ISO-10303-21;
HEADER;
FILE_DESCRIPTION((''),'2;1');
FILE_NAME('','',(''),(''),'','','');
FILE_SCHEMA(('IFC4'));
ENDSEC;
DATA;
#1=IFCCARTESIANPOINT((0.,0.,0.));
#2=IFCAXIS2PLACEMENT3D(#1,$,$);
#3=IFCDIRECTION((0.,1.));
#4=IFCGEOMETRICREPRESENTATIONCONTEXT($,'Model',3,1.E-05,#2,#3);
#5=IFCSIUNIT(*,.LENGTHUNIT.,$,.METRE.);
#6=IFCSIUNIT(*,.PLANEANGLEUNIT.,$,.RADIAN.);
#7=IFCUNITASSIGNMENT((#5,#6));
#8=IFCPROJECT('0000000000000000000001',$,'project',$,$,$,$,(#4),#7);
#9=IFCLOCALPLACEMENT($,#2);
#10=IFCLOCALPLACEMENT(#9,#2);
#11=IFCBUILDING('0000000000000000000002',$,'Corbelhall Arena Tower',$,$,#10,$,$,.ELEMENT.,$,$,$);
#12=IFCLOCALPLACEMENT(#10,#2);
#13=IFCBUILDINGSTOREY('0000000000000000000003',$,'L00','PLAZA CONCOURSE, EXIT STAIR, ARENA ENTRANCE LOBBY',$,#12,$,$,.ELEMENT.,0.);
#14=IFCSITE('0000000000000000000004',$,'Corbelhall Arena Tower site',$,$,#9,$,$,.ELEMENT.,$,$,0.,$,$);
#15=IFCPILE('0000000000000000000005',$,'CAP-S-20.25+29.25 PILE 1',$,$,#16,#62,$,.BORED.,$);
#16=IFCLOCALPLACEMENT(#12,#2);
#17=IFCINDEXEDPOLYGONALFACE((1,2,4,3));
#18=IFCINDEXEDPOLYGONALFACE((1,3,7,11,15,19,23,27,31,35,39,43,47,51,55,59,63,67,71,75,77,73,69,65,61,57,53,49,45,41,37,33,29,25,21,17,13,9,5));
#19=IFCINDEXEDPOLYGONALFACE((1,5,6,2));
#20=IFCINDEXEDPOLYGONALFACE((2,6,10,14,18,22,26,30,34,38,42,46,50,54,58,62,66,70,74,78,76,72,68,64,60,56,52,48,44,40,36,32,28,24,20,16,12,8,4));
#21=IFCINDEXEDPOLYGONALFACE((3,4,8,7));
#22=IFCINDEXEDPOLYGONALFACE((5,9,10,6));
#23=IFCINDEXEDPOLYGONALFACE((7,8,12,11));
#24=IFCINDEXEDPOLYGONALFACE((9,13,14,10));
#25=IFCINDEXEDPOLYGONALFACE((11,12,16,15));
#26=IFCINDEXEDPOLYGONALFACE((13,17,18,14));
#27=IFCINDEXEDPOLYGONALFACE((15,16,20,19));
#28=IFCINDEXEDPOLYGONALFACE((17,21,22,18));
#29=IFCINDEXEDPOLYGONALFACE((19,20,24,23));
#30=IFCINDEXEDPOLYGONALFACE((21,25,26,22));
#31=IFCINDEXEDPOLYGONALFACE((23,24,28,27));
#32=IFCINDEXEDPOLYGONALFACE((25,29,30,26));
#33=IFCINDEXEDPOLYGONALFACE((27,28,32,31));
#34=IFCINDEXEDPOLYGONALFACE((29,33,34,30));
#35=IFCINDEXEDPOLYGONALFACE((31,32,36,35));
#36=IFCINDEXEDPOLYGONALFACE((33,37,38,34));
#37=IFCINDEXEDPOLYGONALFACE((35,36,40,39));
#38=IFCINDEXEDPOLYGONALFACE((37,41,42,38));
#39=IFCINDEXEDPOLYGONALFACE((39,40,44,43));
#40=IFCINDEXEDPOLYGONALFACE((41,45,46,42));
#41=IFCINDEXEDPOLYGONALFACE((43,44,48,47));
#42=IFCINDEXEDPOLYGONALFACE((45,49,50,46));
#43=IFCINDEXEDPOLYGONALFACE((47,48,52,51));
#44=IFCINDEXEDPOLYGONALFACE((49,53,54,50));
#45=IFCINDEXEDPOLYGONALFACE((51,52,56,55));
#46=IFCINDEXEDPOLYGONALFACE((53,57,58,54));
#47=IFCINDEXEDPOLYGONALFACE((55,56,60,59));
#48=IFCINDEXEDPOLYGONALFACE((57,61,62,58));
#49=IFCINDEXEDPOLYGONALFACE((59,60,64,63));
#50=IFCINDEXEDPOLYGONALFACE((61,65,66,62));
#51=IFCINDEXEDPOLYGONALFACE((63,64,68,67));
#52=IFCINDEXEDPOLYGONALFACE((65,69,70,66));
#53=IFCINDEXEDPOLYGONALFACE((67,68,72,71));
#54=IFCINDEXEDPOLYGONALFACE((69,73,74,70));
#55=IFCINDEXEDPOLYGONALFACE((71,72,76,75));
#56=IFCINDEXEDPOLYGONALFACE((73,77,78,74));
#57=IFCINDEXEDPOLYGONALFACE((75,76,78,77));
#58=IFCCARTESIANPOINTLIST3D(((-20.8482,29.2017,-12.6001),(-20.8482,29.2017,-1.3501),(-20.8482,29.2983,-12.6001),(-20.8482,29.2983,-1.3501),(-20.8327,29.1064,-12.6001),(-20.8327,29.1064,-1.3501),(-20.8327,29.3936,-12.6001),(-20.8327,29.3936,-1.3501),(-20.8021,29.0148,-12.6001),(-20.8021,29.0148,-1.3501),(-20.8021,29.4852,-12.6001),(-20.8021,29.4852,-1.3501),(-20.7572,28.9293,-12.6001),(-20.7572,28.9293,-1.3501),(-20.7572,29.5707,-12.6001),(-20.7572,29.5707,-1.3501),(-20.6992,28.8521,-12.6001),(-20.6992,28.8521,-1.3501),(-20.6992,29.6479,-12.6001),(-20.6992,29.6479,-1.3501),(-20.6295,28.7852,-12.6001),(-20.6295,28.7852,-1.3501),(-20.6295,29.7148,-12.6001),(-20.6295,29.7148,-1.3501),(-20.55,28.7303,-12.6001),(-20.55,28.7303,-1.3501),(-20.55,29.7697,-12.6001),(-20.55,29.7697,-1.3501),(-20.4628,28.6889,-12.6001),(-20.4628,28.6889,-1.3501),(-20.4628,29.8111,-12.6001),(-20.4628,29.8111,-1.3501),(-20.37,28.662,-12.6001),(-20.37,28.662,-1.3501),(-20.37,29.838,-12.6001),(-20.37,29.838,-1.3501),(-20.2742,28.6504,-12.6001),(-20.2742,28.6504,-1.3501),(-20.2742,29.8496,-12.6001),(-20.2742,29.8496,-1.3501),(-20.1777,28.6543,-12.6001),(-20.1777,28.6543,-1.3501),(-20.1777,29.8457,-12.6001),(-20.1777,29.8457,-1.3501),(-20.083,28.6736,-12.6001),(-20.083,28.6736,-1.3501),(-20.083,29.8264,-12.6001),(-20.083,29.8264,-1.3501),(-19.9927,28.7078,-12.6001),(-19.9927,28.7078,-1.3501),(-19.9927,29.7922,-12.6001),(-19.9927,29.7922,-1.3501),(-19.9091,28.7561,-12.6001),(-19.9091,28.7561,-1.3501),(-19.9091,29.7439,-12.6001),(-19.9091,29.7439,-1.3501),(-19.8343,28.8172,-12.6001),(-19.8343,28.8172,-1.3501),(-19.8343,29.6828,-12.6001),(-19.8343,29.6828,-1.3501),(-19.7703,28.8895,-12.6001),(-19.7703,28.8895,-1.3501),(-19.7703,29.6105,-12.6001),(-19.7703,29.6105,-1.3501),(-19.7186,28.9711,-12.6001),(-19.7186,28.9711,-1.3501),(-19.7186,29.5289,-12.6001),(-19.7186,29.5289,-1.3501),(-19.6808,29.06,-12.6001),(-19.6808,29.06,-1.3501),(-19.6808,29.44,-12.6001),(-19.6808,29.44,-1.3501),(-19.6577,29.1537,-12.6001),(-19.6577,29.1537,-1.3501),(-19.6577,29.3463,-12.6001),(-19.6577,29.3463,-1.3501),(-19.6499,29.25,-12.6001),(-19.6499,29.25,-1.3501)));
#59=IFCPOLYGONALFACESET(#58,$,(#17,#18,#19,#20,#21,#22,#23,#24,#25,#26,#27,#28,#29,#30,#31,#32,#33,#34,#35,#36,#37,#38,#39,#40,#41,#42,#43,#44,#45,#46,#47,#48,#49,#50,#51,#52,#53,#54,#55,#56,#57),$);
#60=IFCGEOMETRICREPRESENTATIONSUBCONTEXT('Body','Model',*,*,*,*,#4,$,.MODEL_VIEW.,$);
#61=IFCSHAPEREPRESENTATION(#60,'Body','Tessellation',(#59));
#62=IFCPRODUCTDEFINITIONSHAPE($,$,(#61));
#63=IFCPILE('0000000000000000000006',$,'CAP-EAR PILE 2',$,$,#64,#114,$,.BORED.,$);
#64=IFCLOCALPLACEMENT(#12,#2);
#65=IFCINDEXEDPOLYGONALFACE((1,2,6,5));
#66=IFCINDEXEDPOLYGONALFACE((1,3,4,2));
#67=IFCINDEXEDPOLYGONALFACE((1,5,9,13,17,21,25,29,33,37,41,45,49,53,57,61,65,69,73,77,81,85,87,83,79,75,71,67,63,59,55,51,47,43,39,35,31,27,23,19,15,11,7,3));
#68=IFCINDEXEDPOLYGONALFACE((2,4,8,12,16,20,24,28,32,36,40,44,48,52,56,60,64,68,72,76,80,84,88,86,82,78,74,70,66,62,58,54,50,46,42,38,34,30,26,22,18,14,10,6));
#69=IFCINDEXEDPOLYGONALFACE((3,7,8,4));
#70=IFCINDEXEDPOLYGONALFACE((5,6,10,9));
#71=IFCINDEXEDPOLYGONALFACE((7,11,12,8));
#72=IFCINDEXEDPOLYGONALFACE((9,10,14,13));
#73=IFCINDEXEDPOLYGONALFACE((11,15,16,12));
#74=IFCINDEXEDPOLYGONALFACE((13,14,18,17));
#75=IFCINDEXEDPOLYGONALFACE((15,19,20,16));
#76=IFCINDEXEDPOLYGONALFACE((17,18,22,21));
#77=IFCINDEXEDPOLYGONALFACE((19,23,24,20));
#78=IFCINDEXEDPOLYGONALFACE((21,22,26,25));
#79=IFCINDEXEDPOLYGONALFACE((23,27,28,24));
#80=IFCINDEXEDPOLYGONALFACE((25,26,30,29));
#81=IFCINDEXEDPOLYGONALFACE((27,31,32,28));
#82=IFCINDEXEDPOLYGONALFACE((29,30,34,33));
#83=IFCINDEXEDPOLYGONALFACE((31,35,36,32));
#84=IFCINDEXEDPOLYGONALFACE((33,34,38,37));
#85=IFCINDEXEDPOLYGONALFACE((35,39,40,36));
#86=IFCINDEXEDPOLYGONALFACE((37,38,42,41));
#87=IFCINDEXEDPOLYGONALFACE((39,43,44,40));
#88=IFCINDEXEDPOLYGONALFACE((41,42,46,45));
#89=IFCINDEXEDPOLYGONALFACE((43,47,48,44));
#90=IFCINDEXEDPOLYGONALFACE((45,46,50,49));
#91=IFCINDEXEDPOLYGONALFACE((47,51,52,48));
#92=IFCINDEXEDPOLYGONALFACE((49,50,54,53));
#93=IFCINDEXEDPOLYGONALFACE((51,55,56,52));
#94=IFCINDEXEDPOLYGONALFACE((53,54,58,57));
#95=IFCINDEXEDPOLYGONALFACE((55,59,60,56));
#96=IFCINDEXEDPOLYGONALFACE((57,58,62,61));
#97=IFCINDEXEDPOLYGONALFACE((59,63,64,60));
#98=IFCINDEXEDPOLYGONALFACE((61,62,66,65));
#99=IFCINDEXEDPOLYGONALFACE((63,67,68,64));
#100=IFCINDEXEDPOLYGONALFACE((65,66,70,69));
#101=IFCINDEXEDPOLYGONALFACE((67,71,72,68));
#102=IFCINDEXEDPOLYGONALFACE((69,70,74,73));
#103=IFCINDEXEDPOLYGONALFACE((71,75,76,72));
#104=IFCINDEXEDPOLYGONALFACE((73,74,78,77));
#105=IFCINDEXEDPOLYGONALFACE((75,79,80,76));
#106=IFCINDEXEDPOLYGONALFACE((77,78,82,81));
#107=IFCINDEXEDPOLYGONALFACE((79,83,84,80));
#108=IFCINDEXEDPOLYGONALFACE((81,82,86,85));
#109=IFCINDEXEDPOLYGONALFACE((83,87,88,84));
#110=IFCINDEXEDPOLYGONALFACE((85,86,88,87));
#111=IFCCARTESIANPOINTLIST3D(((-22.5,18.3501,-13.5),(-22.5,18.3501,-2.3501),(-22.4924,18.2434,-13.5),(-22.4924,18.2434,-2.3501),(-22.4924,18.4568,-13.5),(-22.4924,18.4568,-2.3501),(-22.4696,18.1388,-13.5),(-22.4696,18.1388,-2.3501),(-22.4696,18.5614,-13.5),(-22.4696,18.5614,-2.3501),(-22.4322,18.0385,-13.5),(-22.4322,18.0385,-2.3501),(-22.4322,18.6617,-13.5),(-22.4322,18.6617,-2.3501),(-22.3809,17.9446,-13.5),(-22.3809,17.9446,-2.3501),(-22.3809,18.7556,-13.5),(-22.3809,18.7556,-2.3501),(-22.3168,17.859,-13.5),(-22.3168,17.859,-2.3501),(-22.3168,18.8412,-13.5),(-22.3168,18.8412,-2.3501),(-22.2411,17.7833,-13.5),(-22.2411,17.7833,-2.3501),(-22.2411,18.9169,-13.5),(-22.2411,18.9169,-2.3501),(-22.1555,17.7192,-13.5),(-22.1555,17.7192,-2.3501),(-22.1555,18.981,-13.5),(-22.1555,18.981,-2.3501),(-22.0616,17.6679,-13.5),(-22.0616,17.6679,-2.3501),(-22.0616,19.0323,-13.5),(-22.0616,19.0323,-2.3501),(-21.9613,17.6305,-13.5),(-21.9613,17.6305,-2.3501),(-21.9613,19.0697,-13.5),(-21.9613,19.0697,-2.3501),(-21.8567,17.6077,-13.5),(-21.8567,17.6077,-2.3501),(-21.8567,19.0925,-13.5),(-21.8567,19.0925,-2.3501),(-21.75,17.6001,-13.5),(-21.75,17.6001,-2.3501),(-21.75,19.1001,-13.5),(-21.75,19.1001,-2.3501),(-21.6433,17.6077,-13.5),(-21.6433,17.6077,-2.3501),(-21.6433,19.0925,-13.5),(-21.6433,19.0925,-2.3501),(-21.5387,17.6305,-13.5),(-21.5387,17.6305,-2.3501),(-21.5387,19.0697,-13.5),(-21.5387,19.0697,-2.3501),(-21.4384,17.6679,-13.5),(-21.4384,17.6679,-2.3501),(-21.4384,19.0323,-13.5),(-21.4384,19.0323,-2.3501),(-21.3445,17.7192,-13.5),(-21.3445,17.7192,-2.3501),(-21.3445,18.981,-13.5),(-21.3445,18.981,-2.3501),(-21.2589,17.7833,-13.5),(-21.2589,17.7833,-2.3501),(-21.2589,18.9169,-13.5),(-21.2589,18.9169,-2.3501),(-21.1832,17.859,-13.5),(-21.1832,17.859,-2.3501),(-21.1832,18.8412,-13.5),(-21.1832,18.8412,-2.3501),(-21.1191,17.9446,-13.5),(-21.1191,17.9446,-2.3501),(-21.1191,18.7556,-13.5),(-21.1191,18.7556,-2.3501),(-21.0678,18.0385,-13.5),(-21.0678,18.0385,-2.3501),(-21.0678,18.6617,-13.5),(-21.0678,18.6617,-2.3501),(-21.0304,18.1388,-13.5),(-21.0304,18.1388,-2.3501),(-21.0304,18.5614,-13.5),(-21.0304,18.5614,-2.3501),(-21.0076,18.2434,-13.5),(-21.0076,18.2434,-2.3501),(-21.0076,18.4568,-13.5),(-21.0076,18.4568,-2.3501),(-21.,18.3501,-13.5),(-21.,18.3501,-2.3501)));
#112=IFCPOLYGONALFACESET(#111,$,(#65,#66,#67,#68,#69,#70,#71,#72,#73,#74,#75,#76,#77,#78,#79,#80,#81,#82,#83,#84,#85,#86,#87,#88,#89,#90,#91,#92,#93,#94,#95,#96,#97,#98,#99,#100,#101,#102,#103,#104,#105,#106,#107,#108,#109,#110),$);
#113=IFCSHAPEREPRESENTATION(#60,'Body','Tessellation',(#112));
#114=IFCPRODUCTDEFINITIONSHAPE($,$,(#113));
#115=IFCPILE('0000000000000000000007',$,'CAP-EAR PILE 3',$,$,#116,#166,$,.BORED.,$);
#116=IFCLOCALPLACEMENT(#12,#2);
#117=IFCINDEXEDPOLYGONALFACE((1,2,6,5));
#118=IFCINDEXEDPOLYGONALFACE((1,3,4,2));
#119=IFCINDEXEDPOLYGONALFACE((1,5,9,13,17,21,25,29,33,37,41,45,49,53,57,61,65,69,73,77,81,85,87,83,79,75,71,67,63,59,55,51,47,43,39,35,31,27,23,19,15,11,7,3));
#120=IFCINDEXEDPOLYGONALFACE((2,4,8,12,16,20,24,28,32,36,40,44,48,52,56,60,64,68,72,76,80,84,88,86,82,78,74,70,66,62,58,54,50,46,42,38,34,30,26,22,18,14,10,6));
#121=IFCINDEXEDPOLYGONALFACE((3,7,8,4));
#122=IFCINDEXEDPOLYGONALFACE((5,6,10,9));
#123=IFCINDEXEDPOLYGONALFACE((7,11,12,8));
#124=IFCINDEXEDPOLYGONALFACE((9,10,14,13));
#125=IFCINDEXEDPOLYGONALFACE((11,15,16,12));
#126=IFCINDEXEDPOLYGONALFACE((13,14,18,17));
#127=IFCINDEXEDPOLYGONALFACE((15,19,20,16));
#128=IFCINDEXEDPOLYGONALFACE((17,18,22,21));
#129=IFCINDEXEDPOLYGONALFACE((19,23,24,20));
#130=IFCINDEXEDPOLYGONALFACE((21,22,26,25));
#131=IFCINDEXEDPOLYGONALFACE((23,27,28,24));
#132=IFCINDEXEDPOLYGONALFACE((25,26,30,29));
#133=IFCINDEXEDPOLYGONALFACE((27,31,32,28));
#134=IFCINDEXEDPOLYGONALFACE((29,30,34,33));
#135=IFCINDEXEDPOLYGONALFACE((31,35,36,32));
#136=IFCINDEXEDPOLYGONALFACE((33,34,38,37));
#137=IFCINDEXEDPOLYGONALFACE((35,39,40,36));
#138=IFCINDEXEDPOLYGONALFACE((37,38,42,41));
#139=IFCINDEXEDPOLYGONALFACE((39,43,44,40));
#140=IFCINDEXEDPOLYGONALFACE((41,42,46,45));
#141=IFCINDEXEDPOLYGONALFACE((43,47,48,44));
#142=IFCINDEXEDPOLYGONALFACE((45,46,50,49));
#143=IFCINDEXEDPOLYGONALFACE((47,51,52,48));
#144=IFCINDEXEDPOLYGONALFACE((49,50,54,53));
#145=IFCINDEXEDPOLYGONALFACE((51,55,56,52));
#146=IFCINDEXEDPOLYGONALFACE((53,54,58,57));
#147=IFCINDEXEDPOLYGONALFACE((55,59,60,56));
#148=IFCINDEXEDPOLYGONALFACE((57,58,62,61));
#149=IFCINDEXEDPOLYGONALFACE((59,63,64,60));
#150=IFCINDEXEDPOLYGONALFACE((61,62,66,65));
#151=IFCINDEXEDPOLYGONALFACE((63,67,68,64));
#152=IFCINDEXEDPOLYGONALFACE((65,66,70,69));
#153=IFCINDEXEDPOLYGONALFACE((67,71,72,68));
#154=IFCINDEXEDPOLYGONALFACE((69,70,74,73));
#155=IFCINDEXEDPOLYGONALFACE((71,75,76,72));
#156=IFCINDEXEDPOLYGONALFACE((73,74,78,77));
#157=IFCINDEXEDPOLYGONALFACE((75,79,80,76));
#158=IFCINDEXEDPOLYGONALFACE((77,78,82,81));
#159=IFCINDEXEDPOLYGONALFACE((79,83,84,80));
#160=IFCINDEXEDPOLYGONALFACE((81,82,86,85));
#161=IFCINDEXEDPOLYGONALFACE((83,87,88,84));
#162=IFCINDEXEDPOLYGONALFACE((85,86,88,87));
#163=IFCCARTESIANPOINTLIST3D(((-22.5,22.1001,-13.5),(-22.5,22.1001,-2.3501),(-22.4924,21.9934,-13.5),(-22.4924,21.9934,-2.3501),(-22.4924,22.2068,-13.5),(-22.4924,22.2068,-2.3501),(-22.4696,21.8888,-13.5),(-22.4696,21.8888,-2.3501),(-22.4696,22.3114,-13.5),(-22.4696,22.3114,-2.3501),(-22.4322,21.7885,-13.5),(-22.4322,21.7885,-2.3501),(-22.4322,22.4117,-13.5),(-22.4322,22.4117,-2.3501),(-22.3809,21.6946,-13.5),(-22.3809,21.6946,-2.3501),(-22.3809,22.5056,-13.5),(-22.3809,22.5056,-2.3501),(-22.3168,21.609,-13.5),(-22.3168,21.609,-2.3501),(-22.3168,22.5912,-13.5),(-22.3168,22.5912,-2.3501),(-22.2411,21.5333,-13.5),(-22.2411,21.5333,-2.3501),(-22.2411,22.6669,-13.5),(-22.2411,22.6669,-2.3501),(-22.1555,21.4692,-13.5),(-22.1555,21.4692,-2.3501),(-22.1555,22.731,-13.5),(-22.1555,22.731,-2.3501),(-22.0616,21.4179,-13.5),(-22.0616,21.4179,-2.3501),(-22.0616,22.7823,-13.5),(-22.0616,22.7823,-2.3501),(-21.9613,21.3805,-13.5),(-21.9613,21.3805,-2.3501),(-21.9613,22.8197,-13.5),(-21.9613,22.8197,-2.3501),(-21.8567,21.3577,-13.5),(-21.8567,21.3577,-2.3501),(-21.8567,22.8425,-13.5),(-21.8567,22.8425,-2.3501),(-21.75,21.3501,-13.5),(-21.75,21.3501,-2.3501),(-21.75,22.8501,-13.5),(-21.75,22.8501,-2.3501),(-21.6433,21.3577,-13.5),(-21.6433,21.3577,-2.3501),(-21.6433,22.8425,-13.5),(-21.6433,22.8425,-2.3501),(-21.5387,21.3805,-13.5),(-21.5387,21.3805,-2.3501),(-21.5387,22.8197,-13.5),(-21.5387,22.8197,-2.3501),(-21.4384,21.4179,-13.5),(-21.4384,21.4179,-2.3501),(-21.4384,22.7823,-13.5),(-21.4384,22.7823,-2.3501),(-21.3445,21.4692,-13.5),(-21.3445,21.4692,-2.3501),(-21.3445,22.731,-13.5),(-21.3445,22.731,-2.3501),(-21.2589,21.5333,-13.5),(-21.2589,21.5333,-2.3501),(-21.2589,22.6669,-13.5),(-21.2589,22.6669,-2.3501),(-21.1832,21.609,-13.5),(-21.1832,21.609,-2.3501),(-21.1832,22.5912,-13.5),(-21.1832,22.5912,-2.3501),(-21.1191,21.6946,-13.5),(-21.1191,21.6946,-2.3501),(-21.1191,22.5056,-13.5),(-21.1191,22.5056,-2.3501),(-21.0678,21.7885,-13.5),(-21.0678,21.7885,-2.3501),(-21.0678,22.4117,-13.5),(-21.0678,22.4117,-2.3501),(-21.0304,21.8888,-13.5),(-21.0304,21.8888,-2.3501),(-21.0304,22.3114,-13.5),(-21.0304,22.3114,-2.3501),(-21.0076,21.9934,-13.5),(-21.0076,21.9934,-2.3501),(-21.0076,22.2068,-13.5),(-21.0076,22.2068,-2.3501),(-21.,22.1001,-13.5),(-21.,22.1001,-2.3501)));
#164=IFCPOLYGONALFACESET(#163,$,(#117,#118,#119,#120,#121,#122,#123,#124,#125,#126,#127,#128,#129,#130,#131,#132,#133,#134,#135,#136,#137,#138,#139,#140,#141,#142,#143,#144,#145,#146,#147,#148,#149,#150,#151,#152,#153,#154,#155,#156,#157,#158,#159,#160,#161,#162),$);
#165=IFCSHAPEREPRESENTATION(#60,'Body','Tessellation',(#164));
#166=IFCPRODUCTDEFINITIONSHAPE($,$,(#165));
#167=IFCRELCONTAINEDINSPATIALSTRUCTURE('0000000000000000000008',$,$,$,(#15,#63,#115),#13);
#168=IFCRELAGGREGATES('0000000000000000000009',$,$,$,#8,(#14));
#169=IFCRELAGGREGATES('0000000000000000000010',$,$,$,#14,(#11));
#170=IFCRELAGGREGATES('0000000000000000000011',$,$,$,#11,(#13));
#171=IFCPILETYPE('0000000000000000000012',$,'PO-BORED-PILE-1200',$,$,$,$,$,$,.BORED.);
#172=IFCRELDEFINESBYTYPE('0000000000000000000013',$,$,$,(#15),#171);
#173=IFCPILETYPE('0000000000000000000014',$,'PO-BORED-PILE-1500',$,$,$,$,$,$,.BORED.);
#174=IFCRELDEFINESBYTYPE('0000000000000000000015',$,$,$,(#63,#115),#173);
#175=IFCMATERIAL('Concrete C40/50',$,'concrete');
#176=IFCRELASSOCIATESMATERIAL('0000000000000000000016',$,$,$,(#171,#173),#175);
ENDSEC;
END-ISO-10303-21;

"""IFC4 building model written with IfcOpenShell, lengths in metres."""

from ifc_helpers import new_model, si_unit, direction, frame, origin, origin_2d, place, context, subcontext, project, spatial, circle, extrude, material, material_profile, profile_set, type_object, element, save


model = new_model("IFC4")

# Units and contexts
model_context = context("Model", 3, precision=1e-05, world=origin(), true_north=direction((0.0, 1.0)))
body_context = subcontext(model_context, "Body", "Model", "MODEL_VIEW")
ifc_project = project(units=[si_unit("LENGTHUNIT", "METRE"), si_unit("PLANEANGLEUNIT", "RADIAN")], contexts=[model_context])

# Site, building, storey
site_placement = place(None, origin())
site = spatial("IfcSite", under=ifc_project, at=site_placement, Name="Corbelhall Arena Tower site", CompositionType="ELEMENT", RefElevation=0.0)
building_placement = place(site_placement, origin())
building = spatial("IfcBuilding", under=site, at=building_placement, Name="Corbelhall Arena Tower", CompositionType="ELEMENT")
storey_placement = place(building_placement, origin())
storey = spatial("IfcBuildingStorey", under=building, at=storey_placement, Name="L00", Description="PLAZA CONCOURSE, EXIT STAIR, ARENA ENTRANCE LOBBY", CompositionType="ELEMENT", Elevation=0.0)

# Piles
ifc_material_1 = material(Name="Concrete C40/50", Category="concrete")
ifc_material_profile_1 = material_profile(ifc_material_1, circle(Radius=0.6001, at=origin_2d()))
ifc_profile_set_1 = profile_set([ifc_material_profile_1], Name="Concrete C40/50")
pile_type_1 = type_object("IfcPileType", Name="PO-BORED-PILE-1200", PredefinedType="BORED", material=ifc_profile_set_1)
pile_placement = place(storey_placement, frame((-20.25, 29.25, -1.3501), z_axis=(0.0, 0.0, -1.0), x_axis=(1.0, 0.0, 0.0)))
element("IfcPile", 1, at=pile_placement, inside=storey, type_object=pile_type_1, Name="CAP-S-20.25+29.25 PILE 1", PredefinedType="BORED", context=body_context, shape_type="SweptSolid", body=[
    extrude(circle(Radius=0.6001, at=origin_2d()), origin(), (0.0, 0.0, 1.0), 11.25),
])
ifc_material_profile_2 = material_profile(ifc_material_1, circle(Radius=0.75, at=origin_2d()))
ifc_profile_set_2 = profile_set([ifc_material_profile_2], Name="Concrete C40/50")
pile_type_2 = type_object("IfcPileType", Name="PO-BORED-PILE-1500", PredefinedType="BORED", material=ifc_profile_set_2)
for number, where, z_axis, x_axis, name in (
    (2, (-21.75, 18.3501, -2.3501), (0.0, 0.0, -1.0), (1.0, 0.0, 0.0), "CAP-EAR PILE 2"),
    (3, (-21.75, 22.1001, -2.3501), (0.0, 0.0, -1.0), (1.0, 0.0, 0.0), "CAP-EAR PILE 3"),
):
    element("IfcPile", number, at=place(storey_placement, frame(where, z_axis=z_axis, x_axis=x_axis)), inside=storey, type_object=pile_type_2, Name=name, PredefinedType="BORED", context=body_context, shape_type="SweptSolid", body=[
        extrude(circle(Radius=0.75, at=origin_2d()), origin(), (0.0, 0.0, 1.0), 11.1499),
    ])

save(model, "model.ifc")
